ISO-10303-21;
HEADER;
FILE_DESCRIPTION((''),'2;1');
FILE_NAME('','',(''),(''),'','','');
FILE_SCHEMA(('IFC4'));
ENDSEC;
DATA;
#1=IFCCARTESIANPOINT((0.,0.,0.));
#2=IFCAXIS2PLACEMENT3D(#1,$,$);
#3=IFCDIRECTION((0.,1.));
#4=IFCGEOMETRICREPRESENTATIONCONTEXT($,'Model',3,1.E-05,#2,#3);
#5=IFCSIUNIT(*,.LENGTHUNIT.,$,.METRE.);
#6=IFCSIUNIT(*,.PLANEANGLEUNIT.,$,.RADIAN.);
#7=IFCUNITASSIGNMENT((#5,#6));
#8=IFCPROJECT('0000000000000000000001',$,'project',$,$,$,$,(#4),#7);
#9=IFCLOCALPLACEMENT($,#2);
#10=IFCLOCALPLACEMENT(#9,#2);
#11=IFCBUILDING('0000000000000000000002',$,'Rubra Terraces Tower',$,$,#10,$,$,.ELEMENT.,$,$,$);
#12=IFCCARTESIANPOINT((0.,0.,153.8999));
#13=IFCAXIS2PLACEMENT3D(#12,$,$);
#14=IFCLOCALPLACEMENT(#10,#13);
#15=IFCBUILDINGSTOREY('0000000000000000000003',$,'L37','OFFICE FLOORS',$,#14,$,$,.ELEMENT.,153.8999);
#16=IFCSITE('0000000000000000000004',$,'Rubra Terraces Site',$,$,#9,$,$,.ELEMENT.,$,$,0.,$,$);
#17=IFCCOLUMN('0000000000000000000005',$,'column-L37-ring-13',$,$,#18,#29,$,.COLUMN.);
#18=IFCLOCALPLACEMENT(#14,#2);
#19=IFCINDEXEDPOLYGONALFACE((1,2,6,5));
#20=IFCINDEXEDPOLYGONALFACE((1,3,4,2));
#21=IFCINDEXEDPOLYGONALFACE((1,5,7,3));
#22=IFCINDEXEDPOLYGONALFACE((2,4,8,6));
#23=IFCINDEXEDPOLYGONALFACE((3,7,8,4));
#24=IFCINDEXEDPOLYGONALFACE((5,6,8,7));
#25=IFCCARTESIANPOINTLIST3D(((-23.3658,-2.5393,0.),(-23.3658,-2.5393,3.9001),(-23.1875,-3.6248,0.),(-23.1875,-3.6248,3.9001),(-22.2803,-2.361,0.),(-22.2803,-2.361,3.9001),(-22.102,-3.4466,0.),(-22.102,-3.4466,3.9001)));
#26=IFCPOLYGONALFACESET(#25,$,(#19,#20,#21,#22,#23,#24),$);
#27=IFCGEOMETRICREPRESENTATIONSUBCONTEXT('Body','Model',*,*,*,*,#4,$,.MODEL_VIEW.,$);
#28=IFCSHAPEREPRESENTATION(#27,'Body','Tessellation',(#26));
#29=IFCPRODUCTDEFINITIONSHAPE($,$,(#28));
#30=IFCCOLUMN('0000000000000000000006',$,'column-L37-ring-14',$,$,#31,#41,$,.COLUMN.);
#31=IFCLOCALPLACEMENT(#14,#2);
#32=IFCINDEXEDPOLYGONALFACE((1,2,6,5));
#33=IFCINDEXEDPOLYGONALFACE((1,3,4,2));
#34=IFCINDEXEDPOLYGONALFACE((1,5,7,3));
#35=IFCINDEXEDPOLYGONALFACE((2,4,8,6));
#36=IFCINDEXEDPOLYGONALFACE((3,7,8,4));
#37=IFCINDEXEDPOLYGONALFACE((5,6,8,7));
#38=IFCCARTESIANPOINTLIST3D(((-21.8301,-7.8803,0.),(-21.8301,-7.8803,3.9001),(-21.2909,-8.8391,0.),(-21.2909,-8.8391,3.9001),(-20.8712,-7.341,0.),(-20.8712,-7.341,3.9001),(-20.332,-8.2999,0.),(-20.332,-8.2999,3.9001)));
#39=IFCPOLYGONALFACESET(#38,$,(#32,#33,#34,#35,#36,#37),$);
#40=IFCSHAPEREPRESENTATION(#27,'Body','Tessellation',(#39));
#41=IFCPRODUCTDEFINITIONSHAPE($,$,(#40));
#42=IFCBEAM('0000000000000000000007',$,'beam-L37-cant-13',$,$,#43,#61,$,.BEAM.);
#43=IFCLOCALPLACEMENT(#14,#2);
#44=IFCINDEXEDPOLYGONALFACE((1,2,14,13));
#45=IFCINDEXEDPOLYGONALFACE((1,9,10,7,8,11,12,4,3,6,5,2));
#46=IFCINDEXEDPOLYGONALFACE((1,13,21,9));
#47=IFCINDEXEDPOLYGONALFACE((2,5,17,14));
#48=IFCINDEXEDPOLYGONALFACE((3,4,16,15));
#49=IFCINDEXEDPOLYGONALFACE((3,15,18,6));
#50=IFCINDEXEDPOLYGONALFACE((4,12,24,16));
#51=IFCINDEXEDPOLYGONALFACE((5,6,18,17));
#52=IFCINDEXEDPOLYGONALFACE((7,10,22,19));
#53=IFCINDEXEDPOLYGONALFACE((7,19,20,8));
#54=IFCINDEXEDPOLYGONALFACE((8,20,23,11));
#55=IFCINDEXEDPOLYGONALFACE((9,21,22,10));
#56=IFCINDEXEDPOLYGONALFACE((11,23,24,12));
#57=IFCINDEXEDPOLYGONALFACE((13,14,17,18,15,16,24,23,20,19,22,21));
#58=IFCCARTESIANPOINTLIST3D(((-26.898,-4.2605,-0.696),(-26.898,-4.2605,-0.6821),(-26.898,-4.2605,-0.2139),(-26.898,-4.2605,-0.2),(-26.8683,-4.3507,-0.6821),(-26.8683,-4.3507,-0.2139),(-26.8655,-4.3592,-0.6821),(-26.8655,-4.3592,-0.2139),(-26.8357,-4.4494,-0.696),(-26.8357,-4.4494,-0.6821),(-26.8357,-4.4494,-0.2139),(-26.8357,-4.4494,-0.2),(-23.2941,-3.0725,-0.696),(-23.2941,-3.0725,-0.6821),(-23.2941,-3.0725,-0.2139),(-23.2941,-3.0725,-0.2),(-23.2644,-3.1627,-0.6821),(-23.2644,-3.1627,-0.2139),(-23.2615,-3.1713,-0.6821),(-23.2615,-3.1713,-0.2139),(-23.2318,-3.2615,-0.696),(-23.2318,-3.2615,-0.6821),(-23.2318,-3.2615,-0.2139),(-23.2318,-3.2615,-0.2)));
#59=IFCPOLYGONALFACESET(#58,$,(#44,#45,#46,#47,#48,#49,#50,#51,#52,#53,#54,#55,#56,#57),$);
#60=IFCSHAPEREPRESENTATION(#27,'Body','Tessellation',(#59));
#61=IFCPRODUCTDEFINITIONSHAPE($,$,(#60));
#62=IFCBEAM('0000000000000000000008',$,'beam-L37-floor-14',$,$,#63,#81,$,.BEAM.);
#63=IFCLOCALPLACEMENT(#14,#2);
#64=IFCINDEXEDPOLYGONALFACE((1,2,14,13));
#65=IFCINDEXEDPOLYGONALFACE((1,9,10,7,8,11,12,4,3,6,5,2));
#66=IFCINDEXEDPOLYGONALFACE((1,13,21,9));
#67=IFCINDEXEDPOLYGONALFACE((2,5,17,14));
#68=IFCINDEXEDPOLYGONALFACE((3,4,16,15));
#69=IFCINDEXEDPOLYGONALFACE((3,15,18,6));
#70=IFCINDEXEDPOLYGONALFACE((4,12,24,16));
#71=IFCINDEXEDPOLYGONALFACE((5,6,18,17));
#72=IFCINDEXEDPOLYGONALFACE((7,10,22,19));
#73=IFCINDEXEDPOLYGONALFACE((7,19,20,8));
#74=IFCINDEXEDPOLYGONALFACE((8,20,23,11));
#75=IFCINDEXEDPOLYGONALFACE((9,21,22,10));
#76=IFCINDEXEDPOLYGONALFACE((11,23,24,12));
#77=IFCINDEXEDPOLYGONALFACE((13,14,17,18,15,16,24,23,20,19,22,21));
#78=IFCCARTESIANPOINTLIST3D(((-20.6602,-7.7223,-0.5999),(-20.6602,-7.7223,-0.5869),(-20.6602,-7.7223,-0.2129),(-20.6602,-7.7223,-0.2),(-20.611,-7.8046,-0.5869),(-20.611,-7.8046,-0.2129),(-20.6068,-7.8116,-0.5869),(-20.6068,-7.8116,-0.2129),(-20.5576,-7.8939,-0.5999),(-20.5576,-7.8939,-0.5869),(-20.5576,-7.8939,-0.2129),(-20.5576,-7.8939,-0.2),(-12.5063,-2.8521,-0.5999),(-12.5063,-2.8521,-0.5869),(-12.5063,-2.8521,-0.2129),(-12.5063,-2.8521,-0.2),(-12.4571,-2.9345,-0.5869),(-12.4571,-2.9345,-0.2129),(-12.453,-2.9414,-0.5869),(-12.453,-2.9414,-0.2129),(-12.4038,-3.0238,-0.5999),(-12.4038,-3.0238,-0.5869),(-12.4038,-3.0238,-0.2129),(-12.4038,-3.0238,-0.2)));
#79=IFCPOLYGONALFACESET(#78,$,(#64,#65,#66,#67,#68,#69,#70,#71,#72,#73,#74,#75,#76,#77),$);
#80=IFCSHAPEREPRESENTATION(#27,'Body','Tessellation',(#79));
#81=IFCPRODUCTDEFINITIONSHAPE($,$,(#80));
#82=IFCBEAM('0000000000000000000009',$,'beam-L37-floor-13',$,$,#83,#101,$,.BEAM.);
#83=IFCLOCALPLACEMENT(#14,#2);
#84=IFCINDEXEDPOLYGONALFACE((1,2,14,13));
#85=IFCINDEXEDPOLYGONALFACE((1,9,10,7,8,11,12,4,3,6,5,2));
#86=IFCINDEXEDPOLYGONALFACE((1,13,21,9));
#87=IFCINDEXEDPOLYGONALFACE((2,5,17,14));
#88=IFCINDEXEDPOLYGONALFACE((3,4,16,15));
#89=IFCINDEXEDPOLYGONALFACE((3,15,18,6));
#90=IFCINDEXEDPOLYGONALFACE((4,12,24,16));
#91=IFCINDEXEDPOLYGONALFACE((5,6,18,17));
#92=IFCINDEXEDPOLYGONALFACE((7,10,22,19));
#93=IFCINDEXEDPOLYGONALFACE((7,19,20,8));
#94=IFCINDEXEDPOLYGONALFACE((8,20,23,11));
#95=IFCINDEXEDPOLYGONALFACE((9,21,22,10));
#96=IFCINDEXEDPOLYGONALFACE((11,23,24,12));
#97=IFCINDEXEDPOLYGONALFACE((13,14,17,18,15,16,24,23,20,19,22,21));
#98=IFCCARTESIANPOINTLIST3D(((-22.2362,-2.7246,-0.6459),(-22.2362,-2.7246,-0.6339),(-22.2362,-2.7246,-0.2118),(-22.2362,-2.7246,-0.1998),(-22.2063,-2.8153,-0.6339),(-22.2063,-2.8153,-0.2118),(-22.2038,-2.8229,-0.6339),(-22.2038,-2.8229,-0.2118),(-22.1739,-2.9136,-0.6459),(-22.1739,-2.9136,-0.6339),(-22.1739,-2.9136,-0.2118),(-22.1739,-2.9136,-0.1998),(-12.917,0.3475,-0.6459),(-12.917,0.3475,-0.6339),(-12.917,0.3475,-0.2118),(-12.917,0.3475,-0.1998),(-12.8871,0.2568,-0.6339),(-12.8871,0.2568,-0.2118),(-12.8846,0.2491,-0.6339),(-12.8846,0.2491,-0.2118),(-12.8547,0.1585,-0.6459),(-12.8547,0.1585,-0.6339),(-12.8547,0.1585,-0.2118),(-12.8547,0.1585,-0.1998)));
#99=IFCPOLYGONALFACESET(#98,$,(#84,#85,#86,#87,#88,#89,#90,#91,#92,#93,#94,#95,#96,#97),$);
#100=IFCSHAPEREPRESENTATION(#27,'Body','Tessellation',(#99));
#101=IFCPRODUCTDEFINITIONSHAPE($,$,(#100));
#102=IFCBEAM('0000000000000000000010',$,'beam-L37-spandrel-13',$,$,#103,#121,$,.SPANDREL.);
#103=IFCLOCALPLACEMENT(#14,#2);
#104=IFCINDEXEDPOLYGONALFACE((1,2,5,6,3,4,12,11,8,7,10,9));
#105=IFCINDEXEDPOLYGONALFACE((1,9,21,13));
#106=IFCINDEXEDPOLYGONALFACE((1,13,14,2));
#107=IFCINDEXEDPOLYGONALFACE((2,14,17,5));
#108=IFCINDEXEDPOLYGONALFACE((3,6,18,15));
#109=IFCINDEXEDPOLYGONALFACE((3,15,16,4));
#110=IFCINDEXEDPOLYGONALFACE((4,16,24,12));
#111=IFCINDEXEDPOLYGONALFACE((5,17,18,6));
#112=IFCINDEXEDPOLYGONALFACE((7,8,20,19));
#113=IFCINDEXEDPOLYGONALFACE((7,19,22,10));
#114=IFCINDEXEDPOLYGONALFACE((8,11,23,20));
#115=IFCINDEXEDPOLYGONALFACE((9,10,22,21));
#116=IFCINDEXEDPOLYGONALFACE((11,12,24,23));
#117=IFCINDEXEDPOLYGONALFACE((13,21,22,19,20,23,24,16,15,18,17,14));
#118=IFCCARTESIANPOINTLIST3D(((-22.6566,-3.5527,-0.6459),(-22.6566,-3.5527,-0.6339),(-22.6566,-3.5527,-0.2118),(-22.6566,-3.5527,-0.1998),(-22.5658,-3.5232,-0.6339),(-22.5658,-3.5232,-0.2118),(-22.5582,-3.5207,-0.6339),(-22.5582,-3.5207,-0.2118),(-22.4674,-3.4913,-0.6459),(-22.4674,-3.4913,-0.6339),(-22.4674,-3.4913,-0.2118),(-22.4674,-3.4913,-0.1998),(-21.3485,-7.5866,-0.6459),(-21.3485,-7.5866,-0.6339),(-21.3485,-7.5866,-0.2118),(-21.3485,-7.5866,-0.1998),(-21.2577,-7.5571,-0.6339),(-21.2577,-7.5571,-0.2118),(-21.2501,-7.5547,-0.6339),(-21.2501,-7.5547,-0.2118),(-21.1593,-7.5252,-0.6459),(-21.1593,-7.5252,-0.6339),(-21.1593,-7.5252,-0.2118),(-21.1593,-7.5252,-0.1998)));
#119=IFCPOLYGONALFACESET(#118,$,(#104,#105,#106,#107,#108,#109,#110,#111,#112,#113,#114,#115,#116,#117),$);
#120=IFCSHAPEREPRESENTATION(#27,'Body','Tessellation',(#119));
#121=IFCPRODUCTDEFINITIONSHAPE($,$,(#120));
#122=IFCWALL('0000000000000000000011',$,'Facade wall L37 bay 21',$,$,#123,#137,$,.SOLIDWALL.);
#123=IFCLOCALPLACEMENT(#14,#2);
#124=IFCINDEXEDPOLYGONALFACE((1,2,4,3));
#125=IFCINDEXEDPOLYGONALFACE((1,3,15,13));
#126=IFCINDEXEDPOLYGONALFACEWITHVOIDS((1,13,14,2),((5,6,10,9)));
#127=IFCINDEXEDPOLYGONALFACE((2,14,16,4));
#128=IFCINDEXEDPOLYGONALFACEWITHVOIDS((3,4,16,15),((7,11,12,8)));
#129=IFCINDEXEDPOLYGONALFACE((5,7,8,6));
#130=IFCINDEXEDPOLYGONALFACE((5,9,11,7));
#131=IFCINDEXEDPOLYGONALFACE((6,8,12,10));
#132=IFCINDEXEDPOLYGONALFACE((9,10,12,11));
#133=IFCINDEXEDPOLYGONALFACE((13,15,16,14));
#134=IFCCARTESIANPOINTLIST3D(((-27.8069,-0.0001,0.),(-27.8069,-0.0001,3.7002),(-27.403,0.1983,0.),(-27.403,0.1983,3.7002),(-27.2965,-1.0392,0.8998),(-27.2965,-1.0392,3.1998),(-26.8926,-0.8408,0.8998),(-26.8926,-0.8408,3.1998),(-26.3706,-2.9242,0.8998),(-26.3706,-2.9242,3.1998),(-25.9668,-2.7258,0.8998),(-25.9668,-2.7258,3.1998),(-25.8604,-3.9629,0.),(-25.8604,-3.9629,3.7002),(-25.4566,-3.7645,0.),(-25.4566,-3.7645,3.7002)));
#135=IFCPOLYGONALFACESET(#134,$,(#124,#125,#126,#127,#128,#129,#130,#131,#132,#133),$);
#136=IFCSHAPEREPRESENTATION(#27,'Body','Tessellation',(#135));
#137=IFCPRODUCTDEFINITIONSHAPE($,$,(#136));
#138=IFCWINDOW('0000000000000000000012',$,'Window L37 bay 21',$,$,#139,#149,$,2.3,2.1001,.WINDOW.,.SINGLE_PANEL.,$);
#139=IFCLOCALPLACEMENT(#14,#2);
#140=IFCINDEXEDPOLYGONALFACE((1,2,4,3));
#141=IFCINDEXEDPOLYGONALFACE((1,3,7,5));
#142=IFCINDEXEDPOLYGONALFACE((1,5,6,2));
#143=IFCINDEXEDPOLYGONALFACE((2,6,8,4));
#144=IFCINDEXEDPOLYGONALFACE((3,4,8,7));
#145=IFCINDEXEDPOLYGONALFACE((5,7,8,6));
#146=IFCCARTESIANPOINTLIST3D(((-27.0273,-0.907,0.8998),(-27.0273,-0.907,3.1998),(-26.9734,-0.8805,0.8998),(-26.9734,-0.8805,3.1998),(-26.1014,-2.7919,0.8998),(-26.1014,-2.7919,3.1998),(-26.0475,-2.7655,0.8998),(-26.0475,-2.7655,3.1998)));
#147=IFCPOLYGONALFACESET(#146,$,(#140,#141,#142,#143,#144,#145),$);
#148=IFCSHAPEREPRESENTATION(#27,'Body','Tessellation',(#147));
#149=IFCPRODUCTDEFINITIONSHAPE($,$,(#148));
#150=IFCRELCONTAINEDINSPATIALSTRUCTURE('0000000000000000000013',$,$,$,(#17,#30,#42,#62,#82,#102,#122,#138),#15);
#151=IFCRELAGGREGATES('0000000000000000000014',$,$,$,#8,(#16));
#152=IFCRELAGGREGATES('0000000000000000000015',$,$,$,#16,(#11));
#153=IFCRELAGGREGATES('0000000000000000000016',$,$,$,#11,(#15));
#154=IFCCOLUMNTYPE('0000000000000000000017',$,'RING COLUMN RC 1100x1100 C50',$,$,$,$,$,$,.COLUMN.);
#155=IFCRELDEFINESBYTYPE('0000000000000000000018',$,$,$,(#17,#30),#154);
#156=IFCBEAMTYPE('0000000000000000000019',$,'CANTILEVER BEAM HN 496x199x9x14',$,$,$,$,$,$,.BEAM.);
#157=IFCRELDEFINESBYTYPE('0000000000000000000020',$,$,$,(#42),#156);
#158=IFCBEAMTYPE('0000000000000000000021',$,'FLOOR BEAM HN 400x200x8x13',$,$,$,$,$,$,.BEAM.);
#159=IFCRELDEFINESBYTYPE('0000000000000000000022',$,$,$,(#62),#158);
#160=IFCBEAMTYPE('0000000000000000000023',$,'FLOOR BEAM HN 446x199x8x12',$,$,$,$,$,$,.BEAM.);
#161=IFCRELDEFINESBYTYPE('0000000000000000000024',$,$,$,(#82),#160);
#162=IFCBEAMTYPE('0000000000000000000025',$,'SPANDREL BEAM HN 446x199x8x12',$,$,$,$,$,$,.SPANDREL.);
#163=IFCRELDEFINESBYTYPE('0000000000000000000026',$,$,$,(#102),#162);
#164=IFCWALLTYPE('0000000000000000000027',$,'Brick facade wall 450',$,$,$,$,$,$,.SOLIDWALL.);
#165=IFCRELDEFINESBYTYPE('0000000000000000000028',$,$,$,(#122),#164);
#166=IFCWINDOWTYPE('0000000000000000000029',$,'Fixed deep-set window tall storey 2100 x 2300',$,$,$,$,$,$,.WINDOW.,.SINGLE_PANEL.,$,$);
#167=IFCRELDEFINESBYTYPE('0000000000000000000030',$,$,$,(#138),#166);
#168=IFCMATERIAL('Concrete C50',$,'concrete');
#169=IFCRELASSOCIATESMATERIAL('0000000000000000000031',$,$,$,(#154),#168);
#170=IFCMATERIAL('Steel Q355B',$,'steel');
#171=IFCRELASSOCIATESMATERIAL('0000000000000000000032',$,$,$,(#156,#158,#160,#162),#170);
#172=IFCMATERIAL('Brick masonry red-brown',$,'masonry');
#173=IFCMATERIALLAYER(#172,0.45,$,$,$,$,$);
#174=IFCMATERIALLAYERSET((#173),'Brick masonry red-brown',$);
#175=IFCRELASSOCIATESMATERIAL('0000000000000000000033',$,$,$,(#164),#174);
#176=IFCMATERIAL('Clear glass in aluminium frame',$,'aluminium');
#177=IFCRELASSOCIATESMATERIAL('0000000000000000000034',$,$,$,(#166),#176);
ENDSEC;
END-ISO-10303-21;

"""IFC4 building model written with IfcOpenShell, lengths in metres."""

from ifc_helpers import new_model, si_unit, direction, frame, frame_2d, origin, origin_2d, place, context, subcontext, project, spatial, rectangle, i_section, extrude, material, layer, layer_set, material_profile, profile_set, type_object, element, fill, save


model = new_model("IFC4")

# Units and contexts
model_context = context("Model", 3, precision=1e-05, world=origin(), true_north=direction((0.0, 1.0)))
body_context = subcontext(model_context, "Body", "Model", "MODEL_VIEW")
ifc_project = project(units=[si_unit("LENGTHUNIT", "METRE"), si_unit("PLANEANGLEUNIT", "RADIAN")], contexts=[model_context])

# Site, building, storey
site_placement = place(None, origin())
site = spatial("IfcSite", under=ifc_project, at=site_placement, Name="Rubra Terraces Site", CompositionType="ELEMENT", RefElevation=0.0)
building_placement = place(site_placement, origin())
building = spatial("IfcBuilding", under=site, at=building_placement, Name="Rubra Terraces Tower", CompositionType="ELEMENT")
storey_placement = place(building_placement, frame((0.0, 0.0, 153.8999)))
storey = spatial("IfcBuildingStorey", under=building, at=storey_placement, Name="L37", Description="OFFICE FLOORS", CompositionType="ELEMENT", Elevation=153.8999)

# Columns
ifc_material_1 = material(Name="Concrete C50", Category="concrete")
ifc_material_profile_1 = material_profile(ifc_material_1, rectangle(XDim=1.1001, YDim=1.1001, at=origin_2d()), Name="RC 1100x1100")
ifc_profile_set_1 = profile_set([ifc_material_profile_1], Name="Concrete C50")
column_type = type_object("IfcColumnType", Name="RING COLUMN RC 1100x1100 C50", PredefinedType="COLUMN", material=ifc_profile_set_1)
for number, where, z_axis, x_axis, name in (
    (1, (-22.7339, -2.9929, 0.0), (0.0, 0.0, 1.0), (0.162062, -0.986781, 0.0), "column-L37-ring-13"),
    (2, (-21.0811, -8.0901, 0.0), (0.0, 0.0, 1.0), (0.490162, -0.871631, 0.0), "column-L37-ring-14"),
):
    element("IfcColumn", number, at=place(storey_placement, frame(where, z_axis=z_axis, x_axis=x_axis)), inside=storey, type_object=column_type, Name=name, PredefinedType="COLUMN", context=body_context, shape_type="SweptSolid", body=[
        extrude(rectangle(XDim=1.1001, YDim=1.1001, at=origin_2d()), origin(), (0.0, 0.0, 1.0), 3.9001),
    ])

# Beams
ifc_material_2 = material(Name="Steel Q355B", Category="steel")
ifc_material_profile_2 = material_profile(ifc_material_2, i_section(OverallWidth=0.199, OverallDepth=0.4961, WebThickness=0.009, FlangeThickness=0.0139, at=origin_2d()), Name="HN 496x199x9x14")
ifc_profile_set_2 = profile_set([ifc_material_profile_2], Name="Steel Q355B")
beam_type_1 = type_object("IfcBeamType", Name="CANTILEVER BEAM HN 496x199x9x14", PredefinedType="BEAM", material=ifc_profile_set_2)
beam_1_placement = place(storey_placement, frame((-23.2629, -3.167, -0.448), z_axis=(-0.949733, -0.313061, 0.0), x_axis=(0.313061, -0.949733, 0.0)))
element("IfcBeam", 3, at=beam_1_placement, inside=storey, type_object=beam_type_1, Name="beam-L37-cant-13", PredefinedType="BEAM", context=body_context, shape_type="SweptSolid", body=[
    extrude(i_section(OverallWidth=0.199, OverallDepth=0.4961, WebThickness=0.009, FlangeThickness=0.0139, at=origin_2d()), origin(), (0.0, 0.0, 1.0), 3.7947),
])
ifc_material_profile_3 = material_profile(ifc_material_2, i_section(OverallWidth=0.2, OverallDepth=0.3999, WebThickness=0.0081, FlangeThickness=0.0129, at=origin_2d()), Name="HN 400x200x8x13")
ifc_profile_set_3 = profile_set([ifc_material_profile_3], Name="Steel Q355B")
beam_type_2 = type_object("IfcBeamType", Name="FLOOR BEAM HN 400x200x8x13", PredefinedType="BEAM", material=ifc_profile_set_3)
beam_2_placement = place(storey_placement, frame((-20.6089, -7.8081, -0.3999), z_axis=(0.858521, 0.512778, 0.0), x_axis=(-0.512778, 0.858521, 0.0)))
element("IfcBeam", 4, at=beam_2_placement, inside=storey, type_object=beam_type_2, Name="beam-L37-floor-14", PredefinedType="BEAM", context=body_context, shape_type="SweptSolid", body=[
    extrude(i_section(OverallWidth=0.2, OverallDepth=0.3999, WebThickness=0.0081, FlangeThickness=0.0129, at=origin_2d()), origin(), (0.0, 0.0, 1.0), 9.4976),
])
ifc_material_profile_4 = material_profile(ifc_material_2, i_section(OverallWidth=0.199, OverallDepth=0.446, WebThickness=0.0081, FlangeThickness=0.012, at=origin_2d()), Name="HN 446x199x8x12")
ifc_profile_set_4 = profile_set([ifc_material_profile_4], Name="Steel Q355B")
beam_type_3 = type_object("IfcBeamType", Name="FLOOR BEAM HN 446x199x8x12", PredefinedType="BEAM", material=ifc_profile_set_4)
beam_3_placement = place(storey_placement, frame((-22.2051, -2.8191, -0.4229), z_axis=(0.949728, 0.313076, 0.0), x_axis=(-0.313076, 0.949728, 0.0)))
element("IfcBeam", 5, at=beam_3_placement, inside=storey, type_object=beam_type_3, Name="beam-L37-floor-13", PredefinedType="BEAM", context=body_context, shape_type="SweptSolid", body=[
    extrude(i_section(OverallWidth=0.199, OverallDepth=0.446, WebThickness=0.0081, FlangeThickness=0.012, at=origin_2d()), origin(), (0.0, 0.0, 1.0), 9.8125),
])
ifc_material_profile_5 = material_profile(ifc_material_2, i_section(OverallWidth=0.199, OverallDepth=0.446, WebThickness=0.0081, FlangeThickness=0.012, at=origin_2d()), Name="HN 446x199x8x12")
ifc_profile_set_5 = profile_set([ifc_material_profile_5], Name="Steel Q355B")
beam_type_4 = type_object("IfcBeamType", Name="SPANDREL BEAM HN 446x199x8x12", PredefinedType="SPANDREL", material=ifc_profile_set_5)
beam_4_placement = place(storey_placement, frame((-22.562, -3.522, -0.4229), z_axis=(0.308462, -0.951237, 0.0), x_axis=(0.951237, 0.308462, 0.0)))
element("IfcBeam", 6, at=beam_4_placement, inside=storey, type_object=beam_type_4, Name="beam-L37-spandrel-13", PredefinedType="SPANDREL", context=body_context, shape_type="SweptSolid", body=[
    extrude(i_section(OverallWidth=0.199, OverallDepth=0.446, WebThickness=0.0081, FlangeThickness=0.012, at=origin_2d()), origin(), (0.0, 0.0, 1.0), 4.2407),
])

# Wall, opening, window
ifc_material_3 = material(Name="Brick masonry red-brown", Category="masonry")
ifc_layer_1 = layer(ifc_material_3, 0.45)
ifc_layer_set_1 = layer_set([ifc_layer_1], Name="Brick masonry red-brown")
wall_type_1 = type_object("IfcWallType", Name="Brick facade wall 450", PredefinedType="SOLIDWALL", material=ifc_layer_set_1)
wall_1_placement = place(storey_placement, frame((-27.605, 0.0991, 0.0), z_axis=(0.0, 0.0, 1.0), x_axis=(0.440877, -0.897568, 0.0)))
wall_1 = element("IfcWall", 7, at=wall_1_placement, inside=storey, type_object=wall_type_1, Name="Facade wall L37 bay 21", PredefinedType="SOLIDWALL", context=body_context, shape_type="SweptSolid", body=[
    extrude(rectangle(XDim=4.415, YDim=0.45, at=frame_2d((2.2075, 0.0))), origin(), (0.0, 0.0, 1.0), 3.7002),
])
opening_1_placement = place(wall_1_placement, frame((1.1577, 0.0, 0.8999)))
opening_1 = element("IfcOpeningElement", 8, at=opening_1_placement, cuts=wall_1, PredefinedType="OPENING", context=body_context, shape_type="SweptSolid", body=[
    extrude(rectangle(XDim=2.1001, YDim=2.3, at=frame_2d((1.05, 1.1499))), frame((0.0, 0.2349, 0.0), z_axis=(0.0, -1.0, 0.0), x_axis=(1.0, 0.0, 0.0)), (0.0, 0.0, 1.0), 0.47),
])
ifc_material_4 = material(Name="Clear glass in aluminium frame", Category="aluminium")
window_type = type_object("IfcWindowType", Name="Fixed deep-set window tall storey 2100 x 2300", PartitioningType="SINGLE_PANEL", PredefinedType="WINDOW", material=ifc_material_4)
window_1_placement = place(opening_1_placement, origin())
window_1 = element("IfcWindow", 9, at=window_1_placement, inside=storey, type_object=window_type, Name="Window L37 bay 21", OverallHeight=2.3, OverallWidth=2.1001, PartitioningType="SINGLE_PANEL", PredefinedType="WINDOW", context=body_context, shape_type="SweptSolid", body=[
    extrude(rectangle(XDim=2.1001, YDim=2.3, at=frame_2d((1.05, 1.1499))), frame((0.0, 0.135, 0.0), z_axis=(0.0, -1.0, 0.0), x_axis=(1.0, 0.0, 0.0)), (0.0, 0.0, 1.0), 0.0601),
])
fill(opening_1, window_1)

save(model, "model.ifc")
